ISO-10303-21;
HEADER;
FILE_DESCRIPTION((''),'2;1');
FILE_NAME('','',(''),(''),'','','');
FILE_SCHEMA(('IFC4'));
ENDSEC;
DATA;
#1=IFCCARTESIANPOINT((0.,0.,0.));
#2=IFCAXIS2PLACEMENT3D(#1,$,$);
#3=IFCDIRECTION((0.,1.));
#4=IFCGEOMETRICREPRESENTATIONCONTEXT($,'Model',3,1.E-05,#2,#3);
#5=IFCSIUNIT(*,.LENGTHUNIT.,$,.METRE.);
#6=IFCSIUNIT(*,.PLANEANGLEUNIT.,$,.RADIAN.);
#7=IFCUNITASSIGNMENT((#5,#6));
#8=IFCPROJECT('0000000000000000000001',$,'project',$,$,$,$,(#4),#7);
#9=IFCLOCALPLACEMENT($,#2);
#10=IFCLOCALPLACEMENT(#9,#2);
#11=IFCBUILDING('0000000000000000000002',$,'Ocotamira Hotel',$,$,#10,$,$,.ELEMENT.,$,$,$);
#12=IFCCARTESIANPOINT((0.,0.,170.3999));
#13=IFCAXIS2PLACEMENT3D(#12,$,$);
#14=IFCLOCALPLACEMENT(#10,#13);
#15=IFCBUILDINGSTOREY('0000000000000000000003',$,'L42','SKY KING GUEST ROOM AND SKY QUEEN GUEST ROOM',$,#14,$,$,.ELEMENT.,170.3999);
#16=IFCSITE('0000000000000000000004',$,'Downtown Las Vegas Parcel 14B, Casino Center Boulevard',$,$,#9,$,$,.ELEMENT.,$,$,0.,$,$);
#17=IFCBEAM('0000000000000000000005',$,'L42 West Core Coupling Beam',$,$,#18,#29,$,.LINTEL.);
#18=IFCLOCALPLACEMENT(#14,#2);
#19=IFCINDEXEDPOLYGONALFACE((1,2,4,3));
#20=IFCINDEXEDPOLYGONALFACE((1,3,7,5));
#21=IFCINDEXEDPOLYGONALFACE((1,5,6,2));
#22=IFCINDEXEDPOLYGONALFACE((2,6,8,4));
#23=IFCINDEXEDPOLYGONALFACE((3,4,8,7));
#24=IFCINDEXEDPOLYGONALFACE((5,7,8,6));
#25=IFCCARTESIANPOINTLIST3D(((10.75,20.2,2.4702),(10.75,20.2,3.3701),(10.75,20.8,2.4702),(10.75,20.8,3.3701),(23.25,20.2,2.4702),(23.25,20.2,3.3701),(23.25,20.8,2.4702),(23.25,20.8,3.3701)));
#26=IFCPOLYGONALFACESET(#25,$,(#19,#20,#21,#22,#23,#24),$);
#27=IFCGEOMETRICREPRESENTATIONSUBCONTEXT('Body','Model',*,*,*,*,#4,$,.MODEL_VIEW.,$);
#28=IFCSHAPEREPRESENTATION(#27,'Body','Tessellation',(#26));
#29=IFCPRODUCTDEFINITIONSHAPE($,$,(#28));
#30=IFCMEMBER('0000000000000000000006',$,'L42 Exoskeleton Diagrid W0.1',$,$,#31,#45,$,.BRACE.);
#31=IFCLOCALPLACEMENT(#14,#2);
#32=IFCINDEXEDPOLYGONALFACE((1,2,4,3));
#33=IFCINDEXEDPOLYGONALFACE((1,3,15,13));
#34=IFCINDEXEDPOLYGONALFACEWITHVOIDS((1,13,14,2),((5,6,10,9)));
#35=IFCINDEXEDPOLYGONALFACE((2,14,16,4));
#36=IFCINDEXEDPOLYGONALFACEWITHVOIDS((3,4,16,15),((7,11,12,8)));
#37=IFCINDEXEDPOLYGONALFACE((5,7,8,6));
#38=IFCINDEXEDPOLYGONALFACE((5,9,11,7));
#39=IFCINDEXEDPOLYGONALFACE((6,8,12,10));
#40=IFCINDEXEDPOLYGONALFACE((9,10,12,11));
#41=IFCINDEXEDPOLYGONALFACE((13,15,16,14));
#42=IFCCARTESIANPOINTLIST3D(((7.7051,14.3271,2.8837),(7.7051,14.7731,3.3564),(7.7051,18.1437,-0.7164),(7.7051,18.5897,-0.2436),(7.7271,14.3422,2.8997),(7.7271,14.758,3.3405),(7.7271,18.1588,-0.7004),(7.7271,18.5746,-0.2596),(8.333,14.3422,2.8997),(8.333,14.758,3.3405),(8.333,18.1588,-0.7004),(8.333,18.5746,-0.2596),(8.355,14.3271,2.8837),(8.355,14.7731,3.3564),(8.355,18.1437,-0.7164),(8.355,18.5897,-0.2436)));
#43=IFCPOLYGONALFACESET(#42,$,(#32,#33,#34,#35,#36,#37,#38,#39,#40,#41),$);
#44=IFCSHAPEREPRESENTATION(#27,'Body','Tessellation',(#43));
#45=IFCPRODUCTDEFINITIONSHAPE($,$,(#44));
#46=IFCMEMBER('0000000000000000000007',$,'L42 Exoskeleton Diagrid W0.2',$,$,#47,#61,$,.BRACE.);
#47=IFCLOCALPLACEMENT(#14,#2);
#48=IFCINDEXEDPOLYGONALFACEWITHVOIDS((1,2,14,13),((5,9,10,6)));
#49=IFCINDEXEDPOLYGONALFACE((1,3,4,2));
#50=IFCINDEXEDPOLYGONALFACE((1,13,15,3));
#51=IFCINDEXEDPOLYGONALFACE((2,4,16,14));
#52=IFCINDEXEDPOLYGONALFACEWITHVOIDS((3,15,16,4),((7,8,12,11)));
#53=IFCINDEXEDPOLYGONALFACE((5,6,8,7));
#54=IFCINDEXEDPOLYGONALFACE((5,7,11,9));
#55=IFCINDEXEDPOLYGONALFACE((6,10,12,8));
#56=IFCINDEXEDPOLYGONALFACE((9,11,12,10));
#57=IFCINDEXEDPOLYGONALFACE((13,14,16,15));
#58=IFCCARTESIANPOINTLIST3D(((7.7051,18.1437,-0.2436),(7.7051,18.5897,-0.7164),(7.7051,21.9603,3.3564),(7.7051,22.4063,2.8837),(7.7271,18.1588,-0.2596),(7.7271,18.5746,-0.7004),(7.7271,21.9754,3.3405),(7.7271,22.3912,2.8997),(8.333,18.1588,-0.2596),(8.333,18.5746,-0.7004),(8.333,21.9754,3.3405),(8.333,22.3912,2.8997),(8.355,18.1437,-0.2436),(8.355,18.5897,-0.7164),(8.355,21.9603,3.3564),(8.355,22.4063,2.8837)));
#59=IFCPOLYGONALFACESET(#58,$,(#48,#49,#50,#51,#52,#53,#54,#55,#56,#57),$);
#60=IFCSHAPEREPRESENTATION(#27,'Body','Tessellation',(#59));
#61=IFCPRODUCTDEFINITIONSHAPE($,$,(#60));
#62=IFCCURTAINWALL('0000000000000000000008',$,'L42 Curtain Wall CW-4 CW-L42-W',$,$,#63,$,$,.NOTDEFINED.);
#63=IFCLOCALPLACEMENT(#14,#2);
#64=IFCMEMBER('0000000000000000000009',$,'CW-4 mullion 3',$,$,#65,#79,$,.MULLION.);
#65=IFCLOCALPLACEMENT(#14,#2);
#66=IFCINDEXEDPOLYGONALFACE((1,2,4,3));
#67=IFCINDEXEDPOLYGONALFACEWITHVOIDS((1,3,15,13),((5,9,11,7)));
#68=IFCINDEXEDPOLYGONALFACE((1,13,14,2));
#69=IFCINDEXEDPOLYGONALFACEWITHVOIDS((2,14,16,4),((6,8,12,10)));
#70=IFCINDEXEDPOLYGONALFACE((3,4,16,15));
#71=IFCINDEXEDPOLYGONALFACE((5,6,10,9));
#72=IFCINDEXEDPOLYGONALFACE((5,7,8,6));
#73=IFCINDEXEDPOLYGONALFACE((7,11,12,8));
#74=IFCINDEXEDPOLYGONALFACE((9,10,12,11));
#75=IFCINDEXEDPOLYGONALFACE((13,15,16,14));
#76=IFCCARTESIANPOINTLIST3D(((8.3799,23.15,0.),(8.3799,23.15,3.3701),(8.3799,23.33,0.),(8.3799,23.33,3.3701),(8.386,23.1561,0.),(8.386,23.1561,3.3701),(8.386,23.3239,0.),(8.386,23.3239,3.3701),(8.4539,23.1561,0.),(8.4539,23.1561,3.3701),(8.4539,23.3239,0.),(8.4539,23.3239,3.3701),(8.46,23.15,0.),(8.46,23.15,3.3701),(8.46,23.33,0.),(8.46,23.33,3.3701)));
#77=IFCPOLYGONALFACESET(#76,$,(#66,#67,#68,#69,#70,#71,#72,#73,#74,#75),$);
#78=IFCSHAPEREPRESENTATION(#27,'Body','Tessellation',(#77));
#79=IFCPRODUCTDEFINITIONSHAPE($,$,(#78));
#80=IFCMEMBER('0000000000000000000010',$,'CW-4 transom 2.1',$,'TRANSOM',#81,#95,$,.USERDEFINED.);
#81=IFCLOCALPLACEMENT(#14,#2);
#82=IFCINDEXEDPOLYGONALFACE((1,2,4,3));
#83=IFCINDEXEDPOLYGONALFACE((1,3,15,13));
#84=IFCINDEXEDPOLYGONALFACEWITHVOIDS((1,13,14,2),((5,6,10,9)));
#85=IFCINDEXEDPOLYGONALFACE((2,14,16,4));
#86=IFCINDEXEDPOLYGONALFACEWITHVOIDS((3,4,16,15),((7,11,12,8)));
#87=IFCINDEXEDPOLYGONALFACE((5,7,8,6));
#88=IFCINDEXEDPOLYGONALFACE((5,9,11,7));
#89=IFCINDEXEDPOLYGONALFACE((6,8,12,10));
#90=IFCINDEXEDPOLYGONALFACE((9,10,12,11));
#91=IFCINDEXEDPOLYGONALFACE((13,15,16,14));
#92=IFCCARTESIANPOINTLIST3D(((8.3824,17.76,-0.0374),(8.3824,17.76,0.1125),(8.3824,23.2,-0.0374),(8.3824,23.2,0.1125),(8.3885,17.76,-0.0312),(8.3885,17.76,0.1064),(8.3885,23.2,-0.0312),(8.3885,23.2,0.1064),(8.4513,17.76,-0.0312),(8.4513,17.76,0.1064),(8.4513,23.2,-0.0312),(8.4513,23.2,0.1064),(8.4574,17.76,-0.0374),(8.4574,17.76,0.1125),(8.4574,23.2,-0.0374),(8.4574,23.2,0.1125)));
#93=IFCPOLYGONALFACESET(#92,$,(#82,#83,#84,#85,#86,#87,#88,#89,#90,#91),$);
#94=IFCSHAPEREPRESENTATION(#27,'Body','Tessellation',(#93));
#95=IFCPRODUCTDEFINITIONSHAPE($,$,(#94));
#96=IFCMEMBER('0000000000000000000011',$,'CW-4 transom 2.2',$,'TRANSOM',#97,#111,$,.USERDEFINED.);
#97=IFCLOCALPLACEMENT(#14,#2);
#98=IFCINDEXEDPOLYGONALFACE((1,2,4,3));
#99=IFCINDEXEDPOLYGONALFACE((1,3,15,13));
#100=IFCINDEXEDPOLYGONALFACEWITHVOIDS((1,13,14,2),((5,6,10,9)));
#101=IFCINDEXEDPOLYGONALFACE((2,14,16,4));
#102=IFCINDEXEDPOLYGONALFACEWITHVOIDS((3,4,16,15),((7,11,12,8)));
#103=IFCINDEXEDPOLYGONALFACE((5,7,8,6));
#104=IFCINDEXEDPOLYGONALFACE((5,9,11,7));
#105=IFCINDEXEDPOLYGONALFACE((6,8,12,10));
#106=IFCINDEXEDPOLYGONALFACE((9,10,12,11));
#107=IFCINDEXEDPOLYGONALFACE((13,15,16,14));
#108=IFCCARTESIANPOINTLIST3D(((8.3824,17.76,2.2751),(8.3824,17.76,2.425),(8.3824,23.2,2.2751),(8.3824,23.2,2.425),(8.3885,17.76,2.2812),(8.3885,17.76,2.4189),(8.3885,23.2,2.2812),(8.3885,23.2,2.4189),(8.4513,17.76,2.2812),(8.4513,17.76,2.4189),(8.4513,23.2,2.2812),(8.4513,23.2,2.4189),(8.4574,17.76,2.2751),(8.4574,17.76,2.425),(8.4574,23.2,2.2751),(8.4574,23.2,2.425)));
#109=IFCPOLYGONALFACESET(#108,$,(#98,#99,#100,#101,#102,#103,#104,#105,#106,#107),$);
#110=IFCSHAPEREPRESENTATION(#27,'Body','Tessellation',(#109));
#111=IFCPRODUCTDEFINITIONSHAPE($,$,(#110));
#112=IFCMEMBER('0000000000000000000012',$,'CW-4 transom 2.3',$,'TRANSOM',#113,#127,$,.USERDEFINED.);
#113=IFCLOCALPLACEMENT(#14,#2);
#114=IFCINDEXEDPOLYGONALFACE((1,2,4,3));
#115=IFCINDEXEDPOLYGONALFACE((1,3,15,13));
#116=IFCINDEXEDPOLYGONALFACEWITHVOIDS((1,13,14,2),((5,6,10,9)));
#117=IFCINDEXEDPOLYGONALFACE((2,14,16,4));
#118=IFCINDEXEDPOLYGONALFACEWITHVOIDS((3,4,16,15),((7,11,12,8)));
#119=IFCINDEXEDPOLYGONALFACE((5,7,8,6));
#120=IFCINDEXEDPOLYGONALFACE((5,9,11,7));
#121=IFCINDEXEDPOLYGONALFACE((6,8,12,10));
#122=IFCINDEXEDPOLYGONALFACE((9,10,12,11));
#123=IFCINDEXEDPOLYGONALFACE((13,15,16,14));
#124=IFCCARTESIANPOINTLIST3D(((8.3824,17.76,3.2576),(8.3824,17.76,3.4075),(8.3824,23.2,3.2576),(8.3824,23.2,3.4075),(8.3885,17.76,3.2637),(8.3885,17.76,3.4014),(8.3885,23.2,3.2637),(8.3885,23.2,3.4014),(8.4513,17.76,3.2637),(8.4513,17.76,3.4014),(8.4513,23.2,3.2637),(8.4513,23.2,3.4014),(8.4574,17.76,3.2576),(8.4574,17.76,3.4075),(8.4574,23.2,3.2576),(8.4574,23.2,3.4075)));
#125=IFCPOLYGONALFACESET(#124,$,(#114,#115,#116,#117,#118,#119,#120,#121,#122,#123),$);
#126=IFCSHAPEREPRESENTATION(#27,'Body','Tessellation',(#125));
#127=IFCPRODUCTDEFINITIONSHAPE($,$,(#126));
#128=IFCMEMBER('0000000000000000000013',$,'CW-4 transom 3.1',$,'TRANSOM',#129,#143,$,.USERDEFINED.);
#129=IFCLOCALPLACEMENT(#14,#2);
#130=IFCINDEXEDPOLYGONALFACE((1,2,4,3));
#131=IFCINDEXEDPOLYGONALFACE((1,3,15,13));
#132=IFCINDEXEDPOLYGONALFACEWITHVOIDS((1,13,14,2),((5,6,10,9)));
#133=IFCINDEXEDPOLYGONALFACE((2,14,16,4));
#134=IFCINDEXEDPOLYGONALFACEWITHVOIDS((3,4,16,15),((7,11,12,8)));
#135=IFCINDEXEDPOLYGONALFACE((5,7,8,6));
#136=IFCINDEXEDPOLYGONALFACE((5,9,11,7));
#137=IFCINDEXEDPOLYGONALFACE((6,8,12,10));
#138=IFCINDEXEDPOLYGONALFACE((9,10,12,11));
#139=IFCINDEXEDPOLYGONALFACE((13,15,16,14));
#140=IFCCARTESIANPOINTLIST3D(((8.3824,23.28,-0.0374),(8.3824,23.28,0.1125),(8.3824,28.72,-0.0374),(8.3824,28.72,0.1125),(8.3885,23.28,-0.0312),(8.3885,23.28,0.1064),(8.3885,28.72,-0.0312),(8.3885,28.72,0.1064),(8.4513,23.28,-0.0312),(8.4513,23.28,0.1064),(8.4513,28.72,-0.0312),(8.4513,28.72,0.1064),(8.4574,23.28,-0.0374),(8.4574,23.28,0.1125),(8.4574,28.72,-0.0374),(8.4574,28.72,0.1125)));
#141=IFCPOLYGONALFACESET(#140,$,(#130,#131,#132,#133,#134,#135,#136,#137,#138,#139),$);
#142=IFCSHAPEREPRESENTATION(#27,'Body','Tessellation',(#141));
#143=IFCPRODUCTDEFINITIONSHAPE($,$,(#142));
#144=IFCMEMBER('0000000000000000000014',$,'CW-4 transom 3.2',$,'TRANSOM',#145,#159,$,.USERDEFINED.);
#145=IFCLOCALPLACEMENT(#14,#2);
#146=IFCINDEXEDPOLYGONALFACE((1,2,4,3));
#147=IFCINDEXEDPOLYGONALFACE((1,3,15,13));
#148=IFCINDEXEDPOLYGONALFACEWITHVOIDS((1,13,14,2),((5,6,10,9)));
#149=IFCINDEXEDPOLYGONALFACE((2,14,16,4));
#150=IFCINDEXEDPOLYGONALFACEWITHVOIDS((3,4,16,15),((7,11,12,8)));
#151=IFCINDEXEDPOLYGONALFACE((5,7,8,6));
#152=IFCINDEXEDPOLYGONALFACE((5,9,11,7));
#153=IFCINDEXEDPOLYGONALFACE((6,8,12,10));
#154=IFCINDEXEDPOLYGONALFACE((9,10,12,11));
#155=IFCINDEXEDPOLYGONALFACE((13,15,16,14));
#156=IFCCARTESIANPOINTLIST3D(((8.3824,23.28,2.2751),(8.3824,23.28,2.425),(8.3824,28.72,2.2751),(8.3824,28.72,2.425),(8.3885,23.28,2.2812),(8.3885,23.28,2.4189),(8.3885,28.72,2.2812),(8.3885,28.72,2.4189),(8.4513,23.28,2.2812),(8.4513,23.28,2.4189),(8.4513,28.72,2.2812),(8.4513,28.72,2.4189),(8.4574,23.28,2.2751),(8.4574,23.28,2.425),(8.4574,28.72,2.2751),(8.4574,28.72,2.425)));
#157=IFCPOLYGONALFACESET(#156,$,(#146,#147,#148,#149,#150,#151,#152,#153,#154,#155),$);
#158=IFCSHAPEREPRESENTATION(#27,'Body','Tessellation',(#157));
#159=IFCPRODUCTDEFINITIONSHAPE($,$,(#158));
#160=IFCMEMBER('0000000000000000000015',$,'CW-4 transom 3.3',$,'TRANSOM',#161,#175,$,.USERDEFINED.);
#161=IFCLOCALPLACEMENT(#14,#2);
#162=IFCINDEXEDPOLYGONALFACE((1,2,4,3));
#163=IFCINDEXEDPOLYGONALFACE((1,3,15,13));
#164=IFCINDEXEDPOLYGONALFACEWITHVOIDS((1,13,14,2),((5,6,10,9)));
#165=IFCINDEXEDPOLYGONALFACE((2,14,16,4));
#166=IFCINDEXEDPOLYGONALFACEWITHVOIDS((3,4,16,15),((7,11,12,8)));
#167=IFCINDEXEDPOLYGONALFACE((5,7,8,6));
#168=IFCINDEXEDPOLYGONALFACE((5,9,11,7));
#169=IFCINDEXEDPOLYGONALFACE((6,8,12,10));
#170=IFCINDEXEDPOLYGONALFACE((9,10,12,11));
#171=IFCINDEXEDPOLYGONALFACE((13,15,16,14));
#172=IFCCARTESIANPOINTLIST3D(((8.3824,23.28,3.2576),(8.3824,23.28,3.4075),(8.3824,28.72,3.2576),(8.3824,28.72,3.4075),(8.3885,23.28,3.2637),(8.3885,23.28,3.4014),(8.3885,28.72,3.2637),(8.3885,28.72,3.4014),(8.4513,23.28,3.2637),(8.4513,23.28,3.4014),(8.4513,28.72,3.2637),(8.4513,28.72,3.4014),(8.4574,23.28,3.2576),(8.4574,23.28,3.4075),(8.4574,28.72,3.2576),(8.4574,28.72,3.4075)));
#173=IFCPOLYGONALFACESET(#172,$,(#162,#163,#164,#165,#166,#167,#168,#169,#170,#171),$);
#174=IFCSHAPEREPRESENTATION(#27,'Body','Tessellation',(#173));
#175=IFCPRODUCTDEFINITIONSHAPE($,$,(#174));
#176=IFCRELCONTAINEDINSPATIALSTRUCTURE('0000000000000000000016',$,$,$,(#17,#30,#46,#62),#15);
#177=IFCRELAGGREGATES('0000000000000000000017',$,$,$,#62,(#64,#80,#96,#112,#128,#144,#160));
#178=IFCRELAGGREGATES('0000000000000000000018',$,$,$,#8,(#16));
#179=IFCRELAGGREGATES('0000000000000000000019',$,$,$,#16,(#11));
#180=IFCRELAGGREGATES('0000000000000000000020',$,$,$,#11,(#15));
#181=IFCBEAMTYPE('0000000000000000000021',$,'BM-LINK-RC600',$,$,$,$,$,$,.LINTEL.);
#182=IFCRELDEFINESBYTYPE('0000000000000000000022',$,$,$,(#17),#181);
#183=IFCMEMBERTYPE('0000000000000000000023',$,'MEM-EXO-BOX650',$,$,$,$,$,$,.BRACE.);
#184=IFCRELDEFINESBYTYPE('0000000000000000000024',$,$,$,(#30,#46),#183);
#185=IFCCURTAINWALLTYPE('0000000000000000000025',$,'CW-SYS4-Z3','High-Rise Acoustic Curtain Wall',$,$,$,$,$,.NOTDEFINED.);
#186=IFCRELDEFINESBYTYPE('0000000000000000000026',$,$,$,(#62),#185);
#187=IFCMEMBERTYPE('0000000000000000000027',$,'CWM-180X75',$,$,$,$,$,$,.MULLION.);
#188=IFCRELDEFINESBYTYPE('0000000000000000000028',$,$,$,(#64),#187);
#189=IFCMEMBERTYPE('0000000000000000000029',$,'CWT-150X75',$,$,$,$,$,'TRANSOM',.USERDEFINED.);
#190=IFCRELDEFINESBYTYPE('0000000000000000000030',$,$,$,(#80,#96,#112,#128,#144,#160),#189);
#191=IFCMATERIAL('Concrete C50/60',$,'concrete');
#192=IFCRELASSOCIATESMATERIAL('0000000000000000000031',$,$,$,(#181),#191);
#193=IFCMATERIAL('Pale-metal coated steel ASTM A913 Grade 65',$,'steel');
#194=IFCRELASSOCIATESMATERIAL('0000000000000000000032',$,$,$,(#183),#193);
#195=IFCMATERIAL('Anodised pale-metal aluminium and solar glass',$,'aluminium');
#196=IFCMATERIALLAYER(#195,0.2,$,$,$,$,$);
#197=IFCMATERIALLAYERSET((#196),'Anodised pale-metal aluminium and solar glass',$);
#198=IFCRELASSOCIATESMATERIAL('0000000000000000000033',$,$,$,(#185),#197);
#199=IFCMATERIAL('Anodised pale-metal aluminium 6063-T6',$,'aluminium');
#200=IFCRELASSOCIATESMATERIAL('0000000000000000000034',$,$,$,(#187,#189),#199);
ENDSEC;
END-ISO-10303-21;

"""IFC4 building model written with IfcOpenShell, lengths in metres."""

from ifc_helpers import new_model, si_unit, direction, frame, origin, origin_2d, place, context, subcontext, project, spatial, rectangle, hollow_rectangle, extrude, source, transform, mapped, material, layer, layer_set, material_profile, profile_set, type_object, element, aggregate, save


model = new_model("IFC4")

# Units and contexts
model_context = context("Model", 3, precision=1e-05, world=origin(), true_north=direction((0.0, 1.0)))
body_context = subcontext(model_context, "Body", "Model", "MODEL_VIEW")
ifc_project = project(units=[si_unit("LENGTHUNIT", "METRE"), si_unit("PLANEANGLEUNIT", "RADIAN")], contexts=[model_context])

# Site, building, storey
site_placement = place(None, origin())
site = spatial("IfcSite", under=ifc_project, at=site_placement, Name="Downtown Las Vegas Parcel 14B, Casino Center Boulevard", CompositionType="ELEMENT", RefElevation=0.0)
building_placement = place(site_placement, origin())
building = spatial("IfcBuilding", under=site, at=building_placement, Name="Ocotamira Hotel", CompositionType="ELEMENT")
storey_placement = place(building_placement, frame((0.0, 0.0, 170.3999)))
storey = spatial("IfcBuildingStorey", under=building, at=storey_placement, Name="L42", Description="SKY KING GUEST ROOM AND SKY QUEEN GUEST ROOM", CompositionType="ELEMENT", Elevation=170.3999)

# Beam
ifc_material_1 = material(Name="Concrete C50/60", Category="concrete")
ifc_material_profile_1 = material_profile(ifc_material_1, rectangle(XDim=0.6001, YDim=0.8999, at=origin_2d()), Name="RC600X900")
ifc_profile_set_1 = profile_set([ifc_material_profile_1], Name="Concrete C50/60")
beam_type = type_object("IfcBeamType", Name="BM-LINK-RC600", PredefinedType="LINTEL", material=ifc_profile_set_1)
shared_shape_1 = source(origin(), body_context, "Body", "SweptSolid", [
    extrude(rectangle(XDim=0.6001, YDim=0.8999, at=origin_2d()), origin(), (0.0, 0.0, 1.0), 12.5),
])
beam_placement = place(storey_placement, frame((10.75, 20.5, 2.9202), z_axis=(1.0, 0.0, 0.0), x_axis=(0.0, 1.0, 0.0)))
element("IfcBeam", 1, at=beam_placement, inside=storey, type_object=beam_type, Name="L42 West Core Coupling Beam", PredefinedType="LINTEL", context=body_context, shape_type="MappedRepresentation", body=[
    mapped(shared_shape_1, transform((0.0, 0.0, 0.0), scale=1.0)),
])

# Members
ifc_material_2 = material(Name="Pale-metal coated steel ASTM A913 Grade 65", Category="steel")
ifc_material_profile_2 = material_profile(ifc_material_2, hollow_rectangle(XDim=0.6499, YDim=0.6499, WallThickness=0.022, at=origin_2d()), Name="BOX650X650X22")
ifc_profile_set_2 = profile_set([ifc_material_profile_2], Name="Pale-metal coated steel ASTM A913 Grade 65")
member_type_1 = type_object("IfcMemberType", Name="MEM-EXO-BOX650", PredefinedType="BRACE", material=ifc_profile_set_2)
shared_shape_2 = source(origin(), body_context, "Body", "SweptSolid", [
    extrude(hollow_rectangle(XDim=0.6499, YDim=0.6499, WallThickness=0.022, at=origin_2d()), origin(), (0.0, 0.0, 1.0), 5.2466),
])
for number, where, z_axis, x_axis, name in (
    (2, (8.03, 18.3667, -0.48), (0.0, -0.727443, 0.686168), (1.0, 0.0, 0.0), "L42 Exoskeleton Diagrid W0.1"),
    (3, (8.03, 18.3667, -0.48), (0.0, 0.727443, 0.686168), (-1.0, 0.0, 0.0), "L42 Exoskeleton Diagrid W0.2"),
):
    element("IfcMember", number, at=place(storey_placement, frame(where, z_axis=z_axis, x_axis=x_axis)), inside=storey, type_object=member_type_1, Name=name, PredefinedType="BRACE", context=body_context, shape_type="MappedRepresentation", body=[
        mapped(shared_shape_2, transform((0.0, 0.0, 0.0), scale=1.0)),
    ])

# Curtain wall, members
ifc_material_3 = material(Name="Anodised pale-metal aluminium and solar glass", Category="aluminium")
ifc_layer_1 = layer(ifc_material_3, 0.2)
ifc_layer_set_1 = layer_set([ifc_layer_1], Name="Anodised pale-metal aluminium and solar glass")
curtain_wall_type = type_object("IfcCurtainWallType", Name="CW-SYS4-Z3", Description="High-Rise Acoustic Curtain Wall", PredefinedType="NOTDEFINED", material=ifc_layer_set_1)
curtain_wall_placement = place(storey_placement, origin())
curtain_wall = element("IfcCurtainWall", 4, at=curtain_wall_placement, inside=storey, type_object=curtain_wall_type, Name="L42 Curtain Wall CW-4 CW-L42-W", PredefinedType="NOTDEFINED")
ifc_material_4 = material(Name="Anodised pale-metal aluminium 6063-T6", Category="aluminium")
ifc_material_profile_3 = material_profile(ifc_material_4, hollow_rectangle(XDim=0.0801, YDim=0.1799, WallThickness=0.0061, at=origin_2d()), Name="HSS180X80X6")
ifc_profile_set_3 = profile_set([ifc_material_profile_3], Name="Anodised pale-metal aluminium 6063-T6")
member_type_2 = type_object("IfcMemberType", Name="CWM-180X75", PredefinedType="MULLION", material=ifc_profile_set_3)
shared_shape_3 = source(origin(), body_context, "Body", "SweptSolid", [
    extrude(hollow_rectangle(XDim=0.0801, YDim=0.1799, WallThickness=0.0061, at=origin_2d()), origin(), (0.0, 0.0, 1.0), 3.3701),
])
member_1_placement = place(storey_placement, frame((8.4199, 23.24, 0.0), z_axis=(0.0, 0.0, 1.0), x_axis=(-1.0, 0.0, 0.0)))
member_1 = element("IfcMember", 5, at=member_1_placement, type_object=member_type_2, Name="CW-4 mullion 3", PredefinedType="MULLION", context=body_context, shape_type="MappedRepresentation", body=[
    mapped(shared_shape_3, transform((0.0, 0.0, 0.0), scale=1.0)),
])
ifc_material_profile_4 = material_profile(ifc_material_4, hollow_rectangle(XDim=0.075, YDim=0.1499, WallThickness=0.0061, at=origin_2d()), Name="HSS150X75X6")
ifc_profile_set_4 = profile_set([ifc_material_profile_4], Name="Anodised pale-metal aluminium 6063-T6")
member_type_3 = type_object("IfcMemberType", Name="CWT-150X75", ElementType="TRANSOM", PredefinedType="USERDEFINED", material=ifc_profile_set_4)
shared_shape_4 = source(origin(), body_context, "Body", "SweptSolid", [
    extrude(hollow_rectangle(XDim=0.075, YDim=0.1499, WallThickness=0.0061, at=origin_2d()), origin(), (0.0, 0.0, 1.0), 5.4399),
])
member_2_placement = place(storey_placement, frame((8.4199, 17.76, 0.0376), z_axis=(0.0, 1.0, 0.0), x_axis=(-1.0, 0.0, 0.0)))
member_2 = element("IfcMember", 6, at=member_2_placement, type_object=member_type_3, Name="CW-4 transom 2.1", ObjectType="TRANSOM", PredefinedType="USERDEFINED", context=body_context, shape_type="MappedRepresentation", body=[
    mapped(shared_shape_4, transform((0.0, 0.0, 0.0), scale=1.0)),
])
member_3_placement = place(storey_placement, frame((8.4199, 17.76, 2.3501), z_axis=(0.0, 1.0, 0.0), x_axis=(-1.0, 0.0, 0.0)))
member_3 = element("IfcMember", 7, at=member_3_placement, type_object=member_type_3, Name="CW-4 transom 2.2", ObjectType="TRANSOM", PredefinedType="USERDEFINED", context=body_context, shape_type="MappedRepresentation", body=[
    mapped(shared_shape_4, transform((0.0, 0.0, 0.0), scale=1.0)),
])
member_4_placement = place(storey_placement, frame((8.4199, 17.76, 3.3325), z_axis=(0.0, 1.0, 0.0), x_axis=(-1.0, 0.0, 0.0)))
member_4 = element("IfcMember", 8, at=member_4_placement, type_object=member_type_3, Name="CW-4 transom 2.3", ObjectType="TRANSOM", PredefinedType="USERDEFINED", context=body_context, shape_type="MappedRepresentation", body=[
    mapped(shared_shape_4, transform((0.0, 0.0, 0.0), scale=1.0)),
])
member_5_placement = place(storey_placement, frame((8.4199, 23.28, 0.0376), z_axis=(0.0, 1.0, 0.0), x_axis=(-1.0, 0.0, 0.0)))
member_5 = element("IfcMember", 9, at=member_5_placement, type_object=member_type_3, Name="CW-4 transom 3.1", ObjectType="TRANSOM", PredefinedType="USERDEFINED", context=body_context, shape_type="MappedRepresentation", body=[
    mapped(shared_shape_4, transform((0.0, 0.0, 0.0), scale=1.0)),
])
member_6_placement = place(storey_placement, frame((8.4199, 23.28, 2.3501), z_axis=(0.0, 1.0, 0.0), x_axis=(-1.0, 0.0, 0.0)))
member_6 = element("IfcMember", 10, at=member_6_placement, type_object=member_type_3, Name="CW-4 transom 3.2", ObjectType="TRANSOM", PredefinedType="USERDEFINED", context=body_context, shape_type="MappedRepresentation", body=[
    mapped(shared_shape_4, transform((0.0, 0.0, 0.0), scale=1.0)),
])
member_7_placement = place(storey_placement, frame((8.4199, 23.28, 3.3325), z_axis=(0.0, 1.0, 0.0), x_axis=(-1.0, 0.0, 0.0)))
member_7 = element("IfcMember", 11, at=member_7_placement, type_object=member_type_3, Name="CW-4 transom 3.3", ObjectType="TRANSOM", PredefinedType="USERDEFINED", context=body_context, shape_type="MappedRepresentation", body=[
    mapped(shared_shape_4, transform((0.0, 0.0, 0.0), scale=1.0)),
])

aggregate(curtain_wall, [member_1, member_2, member_3, member_4, member_5, member_6, member_7])

save(model, "model.ifc")
